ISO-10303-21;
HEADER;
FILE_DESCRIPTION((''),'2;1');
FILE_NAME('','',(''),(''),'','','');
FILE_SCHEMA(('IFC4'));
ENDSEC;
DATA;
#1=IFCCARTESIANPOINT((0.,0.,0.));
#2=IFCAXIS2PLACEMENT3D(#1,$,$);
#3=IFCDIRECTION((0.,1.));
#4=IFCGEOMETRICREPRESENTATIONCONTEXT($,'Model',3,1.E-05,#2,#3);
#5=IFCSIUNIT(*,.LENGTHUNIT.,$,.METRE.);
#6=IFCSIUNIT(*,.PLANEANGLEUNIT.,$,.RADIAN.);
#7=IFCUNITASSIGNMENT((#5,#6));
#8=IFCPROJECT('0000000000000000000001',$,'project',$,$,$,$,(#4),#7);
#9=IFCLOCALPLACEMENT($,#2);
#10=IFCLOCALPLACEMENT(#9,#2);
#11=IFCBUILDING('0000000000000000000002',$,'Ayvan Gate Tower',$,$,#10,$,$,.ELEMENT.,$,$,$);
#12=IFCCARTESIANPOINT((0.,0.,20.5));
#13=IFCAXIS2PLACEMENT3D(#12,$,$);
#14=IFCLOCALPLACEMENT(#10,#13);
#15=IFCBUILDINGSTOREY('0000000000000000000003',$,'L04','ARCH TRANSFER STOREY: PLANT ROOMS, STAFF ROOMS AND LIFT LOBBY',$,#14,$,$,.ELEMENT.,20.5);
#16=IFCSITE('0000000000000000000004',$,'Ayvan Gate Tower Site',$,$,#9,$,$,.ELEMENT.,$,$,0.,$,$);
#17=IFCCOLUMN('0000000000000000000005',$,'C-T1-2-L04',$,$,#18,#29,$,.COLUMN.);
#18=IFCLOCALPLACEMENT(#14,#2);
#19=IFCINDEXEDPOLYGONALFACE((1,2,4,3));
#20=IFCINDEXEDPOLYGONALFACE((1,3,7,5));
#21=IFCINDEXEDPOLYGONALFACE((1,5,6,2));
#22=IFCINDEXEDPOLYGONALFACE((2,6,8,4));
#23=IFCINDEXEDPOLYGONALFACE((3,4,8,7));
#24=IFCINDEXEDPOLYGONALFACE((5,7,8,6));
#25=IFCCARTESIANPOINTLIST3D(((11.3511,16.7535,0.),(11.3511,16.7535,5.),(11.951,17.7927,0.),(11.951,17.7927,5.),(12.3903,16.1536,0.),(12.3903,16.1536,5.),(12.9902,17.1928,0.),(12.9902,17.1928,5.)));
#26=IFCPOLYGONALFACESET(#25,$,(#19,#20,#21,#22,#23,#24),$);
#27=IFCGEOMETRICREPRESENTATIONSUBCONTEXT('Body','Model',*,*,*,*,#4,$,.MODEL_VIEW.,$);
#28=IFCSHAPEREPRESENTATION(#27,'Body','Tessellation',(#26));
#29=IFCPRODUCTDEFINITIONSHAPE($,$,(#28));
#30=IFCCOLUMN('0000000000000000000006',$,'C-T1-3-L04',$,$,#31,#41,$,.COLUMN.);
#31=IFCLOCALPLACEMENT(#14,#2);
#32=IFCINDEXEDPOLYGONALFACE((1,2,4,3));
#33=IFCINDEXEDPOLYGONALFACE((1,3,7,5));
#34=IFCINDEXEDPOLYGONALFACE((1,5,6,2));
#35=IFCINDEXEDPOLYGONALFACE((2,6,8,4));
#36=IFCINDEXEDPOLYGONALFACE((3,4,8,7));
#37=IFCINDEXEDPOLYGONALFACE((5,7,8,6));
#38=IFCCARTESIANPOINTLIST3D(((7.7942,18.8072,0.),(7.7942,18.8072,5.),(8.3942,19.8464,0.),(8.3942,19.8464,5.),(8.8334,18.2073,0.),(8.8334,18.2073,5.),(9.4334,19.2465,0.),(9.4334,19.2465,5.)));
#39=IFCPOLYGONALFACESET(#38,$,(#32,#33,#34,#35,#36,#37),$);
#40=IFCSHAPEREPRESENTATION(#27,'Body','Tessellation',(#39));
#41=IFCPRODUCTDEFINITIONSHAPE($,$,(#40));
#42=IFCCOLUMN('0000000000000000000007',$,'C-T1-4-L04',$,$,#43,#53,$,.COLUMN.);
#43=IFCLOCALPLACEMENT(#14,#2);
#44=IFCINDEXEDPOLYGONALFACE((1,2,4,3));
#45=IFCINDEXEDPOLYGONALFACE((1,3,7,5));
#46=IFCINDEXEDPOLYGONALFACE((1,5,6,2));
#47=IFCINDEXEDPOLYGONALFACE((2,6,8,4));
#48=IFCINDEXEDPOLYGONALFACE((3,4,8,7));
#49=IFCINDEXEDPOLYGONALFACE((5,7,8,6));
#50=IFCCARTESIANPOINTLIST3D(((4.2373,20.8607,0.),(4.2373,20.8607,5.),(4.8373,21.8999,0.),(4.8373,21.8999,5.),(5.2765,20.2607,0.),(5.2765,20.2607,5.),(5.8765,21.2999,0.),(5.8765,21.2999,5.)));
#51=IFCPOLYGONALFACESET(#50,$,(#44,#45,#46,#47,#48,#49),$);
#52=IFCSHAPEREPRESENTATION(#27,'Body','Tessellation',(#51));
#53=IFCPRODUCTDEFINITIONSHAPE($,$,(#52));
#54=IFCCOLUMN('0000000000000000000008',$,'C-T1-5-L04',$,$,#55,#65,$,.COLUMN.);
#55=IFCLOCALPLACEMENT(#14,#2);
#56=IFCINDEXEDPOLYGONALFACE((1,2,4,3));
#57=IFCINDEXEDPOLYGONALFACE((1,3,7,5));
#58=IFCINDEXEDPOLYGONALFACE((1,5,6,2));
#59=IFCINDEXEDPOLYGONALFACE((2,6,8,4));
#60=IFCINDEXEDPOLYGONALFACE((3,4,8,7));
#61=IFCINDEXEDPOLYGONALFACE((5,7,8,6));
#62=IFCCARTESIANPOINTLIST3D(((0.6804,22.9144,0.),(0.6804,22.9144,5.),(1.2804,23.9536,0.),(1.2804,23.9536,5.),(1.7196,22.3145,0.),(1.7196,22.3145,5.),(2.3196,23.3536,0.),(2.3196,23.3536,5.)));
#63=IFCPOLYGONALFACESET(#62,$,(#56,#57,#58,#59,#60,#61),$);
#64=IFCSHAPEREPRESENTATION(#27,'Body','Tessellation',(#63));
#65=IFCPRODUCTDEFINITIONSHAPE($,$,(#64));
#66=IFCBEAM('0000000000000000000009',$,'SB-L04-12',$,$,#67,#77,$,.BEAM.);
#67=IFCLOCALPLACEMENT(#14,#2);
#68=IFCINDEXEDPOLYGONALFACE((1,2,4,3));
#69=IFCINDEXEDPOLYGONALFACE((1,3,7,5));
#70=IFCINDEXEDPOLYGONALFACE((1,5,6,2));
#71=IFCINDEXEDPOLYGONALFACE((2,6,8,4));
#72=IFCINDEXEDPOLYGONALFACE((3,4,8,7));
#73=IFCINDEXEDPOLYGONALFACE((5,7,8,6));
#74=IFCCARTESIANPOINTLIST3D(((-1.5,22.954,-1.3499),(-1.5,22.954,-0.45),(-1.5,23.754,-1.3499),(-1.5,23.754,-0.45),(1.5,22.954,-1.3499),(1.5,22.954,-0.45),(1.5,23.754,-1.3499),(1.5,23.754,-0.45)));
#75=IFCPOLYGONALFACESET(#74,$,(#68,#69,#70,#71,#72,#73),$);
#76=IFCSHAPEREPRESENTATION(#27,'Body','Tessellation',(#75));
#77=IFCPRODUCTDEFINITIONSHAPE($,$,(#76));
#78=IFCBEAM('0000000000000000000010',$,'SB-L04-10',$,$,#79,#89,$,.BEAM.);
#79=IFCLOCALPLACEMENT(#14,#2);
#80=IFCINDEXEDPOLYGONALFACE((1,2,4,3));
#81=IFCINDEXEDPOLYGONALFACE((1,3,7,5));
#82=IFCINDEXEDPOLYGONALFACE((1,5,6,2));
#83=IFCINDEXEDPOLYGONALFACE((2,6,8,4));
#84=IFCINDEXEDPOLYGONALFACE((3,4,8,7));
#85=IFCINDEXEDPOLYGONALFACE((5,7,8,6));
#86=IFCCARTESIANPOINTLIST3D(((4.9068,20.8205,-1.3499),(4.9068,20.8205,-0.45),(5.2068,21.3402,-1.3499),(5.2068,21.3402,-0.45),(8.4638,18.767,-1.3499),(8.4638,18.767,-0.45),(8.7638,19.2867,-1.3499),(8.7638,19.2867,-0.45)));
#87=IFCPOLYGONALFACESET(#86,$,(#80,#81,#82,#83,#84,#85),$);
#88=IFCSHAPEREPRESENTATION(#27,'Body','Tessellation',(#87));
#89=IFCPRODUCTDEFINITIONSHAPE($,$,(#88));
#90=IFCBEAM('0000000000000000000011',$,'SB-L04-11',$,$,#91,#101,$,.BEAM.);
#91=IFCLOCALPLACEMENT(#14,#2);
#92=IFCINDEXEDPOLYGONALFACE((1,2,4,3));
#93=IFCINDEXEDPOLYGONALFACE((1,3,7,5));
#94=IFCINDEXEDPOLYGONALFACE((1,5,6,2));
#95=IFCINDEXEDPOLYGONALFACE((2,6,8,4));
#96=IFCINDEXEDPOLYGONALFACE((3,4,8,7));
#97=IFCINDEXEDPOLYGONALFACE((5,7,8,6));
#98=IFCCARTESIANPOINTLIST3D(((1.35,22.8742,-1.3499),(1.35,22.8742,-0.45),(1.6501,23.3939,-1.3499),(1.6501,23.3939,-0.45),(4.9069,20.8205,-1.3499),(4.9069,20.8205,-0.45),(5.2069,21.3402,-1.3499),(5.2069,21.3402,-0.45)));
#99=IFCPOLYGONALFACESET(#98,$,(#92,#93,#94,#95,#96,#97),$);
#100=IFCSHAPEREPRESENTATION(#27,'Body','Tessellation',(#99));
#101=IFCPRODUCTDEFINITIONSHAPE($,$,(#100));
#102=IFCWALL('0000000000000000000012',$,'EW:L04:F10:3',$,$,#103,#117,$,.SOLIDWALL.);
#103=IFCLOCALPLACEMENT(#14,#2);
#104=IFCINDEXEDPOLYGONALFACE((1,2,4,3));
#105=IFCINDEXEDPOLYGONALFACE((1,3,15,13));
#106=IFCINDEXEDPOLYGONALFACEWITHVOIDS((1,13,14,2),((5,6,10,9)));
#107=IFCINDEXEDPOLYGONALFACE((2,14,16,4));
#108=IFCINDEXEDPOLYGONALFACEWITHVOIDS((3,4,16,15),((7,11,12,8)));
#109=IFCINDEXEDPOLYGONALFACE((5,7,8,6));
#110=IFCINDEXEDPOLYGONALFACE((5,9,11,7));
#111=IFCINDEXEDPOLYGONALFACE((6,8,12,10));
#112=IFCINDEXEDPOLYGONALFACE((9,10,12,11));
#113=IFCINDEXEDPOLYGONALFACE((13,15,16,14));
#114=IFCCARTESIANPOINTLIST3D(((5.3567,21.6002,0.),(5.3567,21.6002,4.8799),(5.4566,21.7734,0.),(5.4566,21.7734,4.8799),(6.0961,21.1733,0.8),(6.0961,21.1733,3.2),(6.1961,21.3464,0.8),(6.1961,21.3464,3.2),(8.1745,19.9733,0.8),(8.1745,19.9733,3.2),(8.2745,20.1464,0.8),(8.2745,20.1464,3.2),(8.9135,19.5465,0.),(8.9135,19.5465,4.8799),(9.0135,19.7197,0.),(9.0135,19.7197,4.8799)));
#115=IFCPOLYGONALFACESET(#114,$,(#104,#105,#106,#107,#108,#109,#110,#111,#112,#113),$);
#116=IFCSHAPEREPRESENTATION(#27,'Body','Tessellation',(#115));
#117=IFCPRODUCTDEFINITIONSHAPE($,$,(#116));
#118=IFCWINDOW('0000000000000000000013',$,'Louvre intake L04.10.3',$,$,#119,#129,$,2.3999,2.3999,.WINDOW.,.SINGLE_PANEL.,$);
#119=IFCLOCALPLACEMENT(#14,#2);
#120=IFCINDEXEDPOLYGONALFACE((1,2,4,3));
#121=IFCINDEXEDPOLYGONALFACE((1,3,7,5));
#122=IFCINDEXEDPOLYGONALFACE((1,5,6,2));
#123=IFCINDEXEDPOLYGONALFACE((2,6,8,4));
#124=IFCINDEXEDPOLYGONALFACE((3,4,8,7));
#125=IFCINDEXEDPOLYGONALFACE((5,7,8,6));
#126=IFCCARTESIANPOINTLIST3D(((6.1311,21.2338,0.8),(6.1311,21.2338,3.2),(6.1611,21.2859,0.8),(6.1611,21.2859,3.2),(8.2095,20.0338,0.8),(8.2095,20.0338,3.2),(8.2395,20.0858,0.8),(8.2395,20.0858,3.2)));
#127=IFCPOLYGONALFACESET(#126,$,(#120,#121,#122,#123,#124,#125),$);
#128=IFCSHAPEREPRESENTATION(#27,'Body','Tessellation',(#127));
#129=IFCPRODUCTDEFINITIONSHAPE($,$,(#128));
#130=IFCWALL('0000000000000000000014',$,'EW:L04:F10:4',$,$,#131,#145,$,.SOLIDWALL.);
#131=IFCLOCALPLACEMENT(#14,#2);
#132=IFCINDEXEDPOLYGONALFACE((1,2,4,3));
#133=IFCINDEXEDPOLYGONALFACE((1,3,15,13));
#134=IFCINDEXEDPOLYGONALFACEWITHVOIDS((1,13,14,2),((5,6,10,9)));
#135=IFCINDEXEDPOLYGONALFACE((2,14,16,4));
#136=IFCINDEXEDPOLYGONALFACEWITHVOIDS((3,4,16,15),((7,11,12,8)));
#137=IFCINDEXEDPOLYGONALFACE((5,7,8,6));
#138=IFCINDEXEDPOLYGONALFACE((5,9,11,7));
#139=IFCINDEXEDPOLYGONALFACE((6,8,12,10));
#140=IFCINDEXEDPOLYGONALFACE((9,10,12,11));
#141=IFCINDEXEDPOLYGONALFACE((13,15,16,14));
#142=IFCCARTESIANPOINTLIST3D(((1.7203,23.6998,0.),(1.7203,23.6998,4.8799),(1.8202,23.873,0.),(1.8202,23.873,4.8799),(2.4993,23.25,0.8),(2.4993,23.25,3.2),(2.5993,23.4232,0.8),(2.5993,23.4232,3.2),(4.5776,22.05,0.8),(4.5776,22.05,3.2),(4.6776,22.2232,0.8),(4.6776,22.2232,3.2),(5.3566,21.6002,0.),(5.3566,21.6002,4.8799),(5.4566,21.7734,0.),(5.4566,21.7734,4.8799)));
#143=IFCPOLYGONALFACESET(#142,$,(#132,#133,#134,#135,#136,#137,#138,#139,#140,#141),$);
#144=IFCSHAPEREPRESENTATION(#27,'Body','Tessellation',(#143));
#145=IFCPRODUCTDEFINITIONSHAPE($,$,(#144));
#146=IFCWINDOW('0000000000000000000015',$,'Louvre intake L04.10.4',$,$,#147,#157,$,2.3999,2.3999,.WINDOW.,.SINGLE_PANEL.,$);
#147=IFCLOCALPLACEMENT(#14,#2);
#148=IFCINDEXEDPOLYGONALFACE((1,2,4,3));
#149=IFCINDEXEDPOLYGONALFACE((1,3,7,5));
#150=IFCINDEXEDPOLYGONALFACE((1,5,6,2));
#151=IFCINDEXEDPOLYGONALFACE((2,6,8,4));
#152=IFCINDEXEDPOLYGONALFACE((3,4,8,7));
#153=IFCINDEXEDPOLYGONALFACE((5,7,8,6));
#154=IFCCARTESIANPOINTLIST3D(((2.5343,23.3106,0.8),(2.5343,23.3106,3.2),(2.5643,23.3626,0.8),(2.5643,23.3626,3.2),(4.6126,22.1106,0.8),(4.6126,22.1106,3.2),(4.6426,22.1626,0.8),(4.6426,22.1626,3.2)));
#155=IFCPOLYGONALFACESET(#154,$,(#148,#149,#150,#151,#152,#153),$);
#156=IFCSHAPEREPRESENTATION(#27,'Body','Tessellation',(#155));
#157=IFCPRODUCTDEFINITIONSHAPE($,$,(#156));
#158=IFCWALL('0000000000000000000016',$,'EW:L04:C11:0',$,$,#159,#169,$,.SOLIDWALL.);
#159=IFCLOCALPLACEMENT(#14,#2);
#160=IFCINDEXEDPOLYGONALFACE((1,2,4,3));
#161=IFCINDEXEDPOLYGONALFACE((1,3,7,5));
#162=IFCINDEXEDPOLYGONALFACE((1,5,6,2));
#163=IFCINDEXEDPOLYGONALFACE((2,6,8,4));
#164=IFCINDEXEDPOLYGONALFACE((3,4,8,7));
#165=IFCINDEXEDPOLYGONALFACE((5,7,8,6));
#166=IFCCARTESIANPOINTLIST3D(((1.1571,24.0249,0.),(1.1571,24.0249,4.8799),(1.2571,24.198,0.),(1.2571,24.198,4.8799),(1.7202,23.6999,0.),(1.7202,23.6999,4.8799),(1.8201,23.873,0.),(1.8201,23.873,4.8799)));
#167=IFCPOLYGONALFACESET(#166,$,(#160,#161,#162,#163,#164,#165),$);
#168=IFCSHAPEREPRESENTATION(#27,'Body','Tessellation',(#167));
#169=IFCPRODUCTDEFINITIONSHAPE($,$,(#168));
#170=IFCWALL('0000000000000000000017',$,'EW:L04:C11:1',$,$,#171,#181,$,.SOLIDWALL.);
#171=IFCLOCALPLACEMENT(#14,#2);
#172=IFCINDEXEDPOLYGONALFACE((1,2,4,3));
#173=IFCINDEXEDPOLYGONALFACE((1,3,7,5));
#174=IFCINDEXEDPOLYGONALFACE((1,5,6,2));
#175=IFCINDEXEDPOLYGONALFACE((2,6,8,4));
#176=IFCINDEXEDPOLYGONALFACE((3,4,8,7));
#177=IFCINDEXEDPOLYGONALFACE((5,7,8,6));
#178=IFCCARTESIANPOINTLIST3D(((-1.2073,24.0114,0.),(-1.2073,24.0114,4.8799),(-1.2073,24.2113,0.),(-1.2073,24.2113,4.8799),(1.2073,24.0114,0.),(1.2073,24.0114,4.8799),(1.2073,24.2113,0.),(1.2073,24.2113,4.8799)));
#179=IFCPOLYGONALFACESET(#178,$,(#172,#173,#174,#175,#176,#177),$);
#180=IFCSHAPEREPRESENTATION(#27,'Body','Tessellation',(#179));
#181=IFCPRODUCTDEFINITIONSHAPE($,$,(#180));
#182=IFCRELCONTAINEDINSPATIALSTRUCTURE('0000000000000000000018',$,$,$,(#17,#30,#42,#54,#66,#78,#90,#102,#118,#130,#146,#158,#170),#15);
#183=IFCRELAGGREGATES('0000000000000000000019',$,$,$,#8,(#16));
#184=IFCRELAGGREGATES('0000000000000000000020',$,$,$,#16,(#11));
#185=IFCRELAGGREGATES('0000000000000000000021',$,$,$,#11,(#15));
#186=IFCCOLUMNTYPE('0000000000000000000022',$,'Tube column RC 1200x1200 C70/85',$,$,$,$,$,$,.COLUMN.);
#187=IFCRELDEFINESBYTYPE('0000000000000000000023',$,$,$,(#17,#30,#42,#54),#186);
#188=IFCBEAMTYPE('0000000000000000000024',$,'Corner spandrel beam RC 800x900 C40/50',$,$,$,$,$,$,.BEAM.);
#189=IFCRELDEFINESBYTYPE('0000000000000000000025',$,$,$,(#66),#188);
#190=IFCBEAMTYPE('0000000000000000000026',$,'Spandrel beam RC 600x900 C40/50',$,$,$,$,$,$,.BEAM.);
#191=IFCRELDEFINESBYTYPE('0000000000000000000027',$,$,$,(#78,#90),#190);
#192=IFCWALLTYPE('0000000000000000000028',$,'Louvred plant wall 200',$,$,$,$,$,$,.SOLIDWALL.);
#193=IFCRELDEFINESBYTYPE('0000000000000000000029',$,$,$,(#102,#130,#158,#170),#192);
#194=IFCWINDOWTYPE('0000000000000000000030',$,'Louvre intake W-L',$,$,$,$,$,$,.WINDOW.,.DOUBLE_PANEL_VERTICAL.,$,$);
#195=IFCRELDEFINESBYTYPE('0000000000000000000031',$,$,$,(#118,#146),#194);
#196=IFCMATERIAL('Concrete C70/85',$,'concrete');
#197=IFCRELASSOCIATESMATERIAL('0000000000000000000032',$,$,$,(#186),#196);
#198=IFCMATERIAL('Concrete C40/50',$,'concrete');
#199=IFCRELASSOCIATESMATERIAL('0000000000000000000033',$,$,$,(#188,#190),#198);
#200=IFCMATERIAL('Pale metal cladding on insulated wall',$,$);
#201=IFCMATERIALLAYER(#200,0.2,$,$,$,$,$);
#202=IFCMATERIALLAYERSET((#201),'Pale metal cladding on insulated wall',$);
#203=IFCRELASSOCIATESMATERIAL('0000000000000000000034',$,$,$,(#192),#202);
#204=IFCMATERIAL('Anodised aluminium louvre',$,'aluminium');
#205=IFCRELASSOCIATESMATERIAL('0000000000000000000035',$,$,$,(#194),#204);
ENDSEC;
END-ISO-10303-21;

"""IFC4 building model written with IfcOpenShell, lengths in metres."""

from ifc_helpers import new_model, si_unit, direction, frame, frame_2d, origin, origin_2d, place, context, subcontext, project, spatial, rectangle, extrude, material, layer, layer_set, material_profile, profile_set, type_object, element, fill, save


model = new_model("IFC4")

# Units and contexts
model_context = context("Model", 3, precision=1e-05, world=origin(), true_north=direction((0.0, 1.0)))
body_context = subcontext(model_context, "Body", "Model", "MODEL_VIEW")
ifc_project = project(units=[si_unit("LENGTHUNIT", "METRE"), si_unit("PLANEANGLEUNIT", "RADIAN")], contexts=[model_context])

# Site, building, storey
site_placement = place(None, origin())
site = spatial("IfcSite", under=ifc_project, at=site_placement, Name="Ayvan Gate Tower Site", CompositionType="ELEMENT", RefElevation=0.0)
building_placement = place(site_placement, origin())
building = spatial("IfcBuilding", under=site, at=building_placement, Name="Ayvan Gate Tower", CompositionType="ELEMENT")
storey_placement = place(building_placement, frame((0.0, 0.0, 20.5)))
storey = spatial("IfcBuildingStorey", under=building, at=storey_placement, Name="L04", Description="ARCH TRANSFER STOREY: PLANT ROOMS, STAFF ROOMS AND LIFT LOBBY", CompositionType="ELEMENT", Elevation=20.5)

# Columns
ifc_material_1 = material(Name="Concrete C70/85", Category="concrete")
ifc_material_profile_1 = material_profile(ifc_material_1, rectangle(XDim=1.2, YDim=1.2, at=origin_2d()), Name="RC 1200x1200")
ifc_profile_set_1 = profile_set([ifc_material_profile_1], Name="Concrete C70/85")
column_type = type_object("IfcColumnType", Name="Tube column RC 1200x1200 C70/85", PredefinedType="COLUMN", material=ifc_profile_set_1)
for number, where, z_axis, x_axis, name in (
    (1, (12.1707, 16.9731, 0.0), (0.0, 0.0, 1.0), (0.5, 0.866025, 0.0), "C-T1-2-L04"),
    (2, (8.6138, 19.0269, 0.0), (0.0, 0.0, 1.0), (0.5, 0.866025, 0.0), "C-T1-3-L04"),
    (3, (5.0569, 21.0803, 0.0), (0.0, 0.0, 1.0), (0.5, 0.866025, 0.0), "C-T1-4-L04"),
    (4, (1.5, 23.134, 0.0), (0.0, 0.0, 1.0), (0.5, 0.866025, 0.0), "C-T1-5-L04"),
):
    element("IfcColumn", number, at=place(storey_placement, frame(where, z_axis=z_axis, x_axis=x_axis)), inside=storey, type_object=column_type, Name=name, PredefinedType="COLUMN", context=body_context, shape_type="SweptSolid", body=[
        extrude(rectangle(XDim=1.2, YDim=1.2, at=origin_2d()), origin(), (0.0, 0.0, 1.0), 5.0),
    ])

# Beams
ifc_material_2 = material(Name="Concrete C40/50", Category="concrete")
ifc_material_profile_2 = material_profile(ifc_material_2, rectangle(XDim=0.8, YDim=0.8999, at=origin_2d()), Name="RC 800x900")
ifc_profile_set_2 = profile_set([ifc_material_profile_2], Name="Concrete C40/50")
beam_type_1 = type_object("IfcBeamType", Name="Corner spandrel beam RC 800x900 C40/50", PredefinedType="BEAM", material=ifc_profile_set_2)
beam_placement = place(storey_placement, frame((1.5, 23.354, -0.8999), z_axis=(-1.0, 0.0, 0.0), x_axis=(0.0, -1.0, 0.0)))
element("IfcBeam", 5, at=beam_placement, inside=storey, type_object=beam_type_1, Name="SB-L04-12", PredefinedType="BEAM", context=body_context, shape_type="SweptSolid", body=[
    extrude(rectangle(XDim=0.8, YDim=0.8999, at=origin_2d()), origin(), (0.0, 0.0, 1.0), 3.0),
])
ifc_material_profile_3 = material_profile(ifc_material_2, rectangle(XDim=0.6001, YDim=0.8999, at=origin_2d()), Name="RC 600x900")
ifc_profile_set_3 = profile_set([ifc_material_profile_3], Name="Concrete C40/50")
beam_type_2 = type_object("IfcBeamType", Name="Spandrel beam RC 600x900 C40/50", PredefinedType="BEAM", material=ifc_profile_set_3)
for number, where, z_axis, x_axis, name in (
    (6, (8.6138, 19.0269, -0.8999), (-0.866036, 0.499981, 0.0), (-0.499981, -0.866036, 0.0), "SB-L04-10"),
    (7, (5.0569, 21.0803, -0.8999), (-0.86601, 0.500026, 0.0), (-0.500026, -0.86601, 0.0), "SB-L04-11"),
):
    element("IfcBeam", number, at=place(storey_placement, frame(where, z_axis=z_axis, x_axis=x_axis)), inside=storey, type_object=beam_type_2, Name=name, PredefinedType="BEAM", context=body_context, shape_type="SweptSolid", body=[
        extrude(rectangle(XDim=0.6001, YDim=0.8999, at=origin_2d()), origin(), (0.0, 0.0, 1.0), 4.1072),
    ])

# Walls, openings, windows
ifc_material_3 = material(Name="Pale metal cladding on insulated wall")
ifc_layer_1 = layer(ifc_material_3, 0.2)
ifc_layer_set_1 = layer_set([ifc_layer_1], Name="Pale metal cladding on insulated wall")
wall_type_1 = type_object("IfcWallType", Name="Louvred plant wall 200", PredefinedType="SOLIDWALL", material=ifc_layer_set_1)
wall_1_placement = place(storey_placement, frame((8.9636, 19.6331, 0.0), z_axis=(0.0, 0.0, 1.0), x_axis=(-0.86601, 0.500026, 0.0)))
wall_1 = element("IfcWall", 8, at=wall_1_placement, inside=storey, type_object=wall_type_1, Name="EW:L04:F10:3", PredefinedType="SOLIDWALL", context=body_context, shape_type="SweptSolid", body=[
    extrude(rectangle(XDim=4.1072, YDim=0.2, at=frame_2d((2.0537, 0.0))), origin(), (0.0, 0.0, 1.0), 4.8799),
])
opening_1_placement = place(wall_1_placement, frame((0.8535, 0.0, 0.8)))
opening_1 = element("IfcOpeningElement", 9, at=opening_1_placement, cuts=wall_1, PredefinedType="OPENING", context=body_context, shape_type="SweptSolid", body=[
    extrude(rectangle(XDim=2.3999, YDim=2.3999, at=frame_2d((1.2, 1.2))), frame((0.0, 0.1099, 0.0), z_axis=(0.0, -1.0, 0.0), x_axis=(1.0, 0.0, 0.0)), (0.0, 0.0, 1.0), 0.22),
])
ifc_material_4 = material(Name="Anodised aluminium louvre", Category="aluminium")
window_type = type_object("IfcWindowType", Name="Louvre intake W-L", PartitioningType="DOUBLE_PANEL_VERTICAL", PredefinedType="WINDOW", material=ifc_material_4)
window_1_placement = place(opening_1_placement, origin())
window_1 = element("IfcWindow", 10, at=window_1_placement, inside=storey, type_object=window_type, Name="Louvre intake L04.10.3", OverallHeight=2.3999, OverallWidth=2.3999, PartitioningType="SINGLE_PANEL", PredefinedType="WINDOW", context=body_context, shape_type="SweptSolid", body=[
    extrude(rectangle(XDim=2.3999, YDim=2.3999, at=frame_2d((1.2, 1.2))), frame((0.0, 0.03, 0.0), z_axis=(0.0, -1.0, 0.0), x_axis=(1.0, 0.0, 0.0)), (0.0, 0.0, 1.0), 0.0601),
])
fill(opening_1, window_1)
wall_2_placement = place(storey_placement, frame((5.4067, 21.6868, 0.0), z_axis=(0.0, 0.0, 1.0), x_axis=(-0.866016, 0.500016, 0.0)))
wall_2 = element("IfcWall", 11, at=wall_2_placement, inside=storey, type_object=wall_type_1, Name="EW:L04:F10:4", PredefinedType="SOLIDWALL", context=body_context, shape_type="SweptSolid", body=[
    extrude(rectangle(XDim=4.199, YDim=0.2, at=frame_2d((2.0996, 0.0))), origin(), (0.0, 0.0, 1.0), 4.8799),
])
opening_2_placement = place(wall_2_placement, frame((0.8997, 0.0, 0.8)))
opening_2 = element("IfcOpeningElement", 12, at=opening_2_placement, cuts=wall_2, PredefinedType="OPENING", context=body_context, shape_type="SweptSolid", body=[
    extrude(rectangle(XDim=2.3999, YDim=2.3999, at=frame_2d((1.2, 1.2))), frame((0.0, 0.1099, 0.0), z_axis=(0.0, -1.0, 0.0), x_axis=(1.0, 0.0, 0.0)), (0.0, 0.0, 1.0), 0.22),
])
window_2_placement = place(opening_2_placement, origin())
window_2 = element("IfcWindow", 13, at=window_2_placement, inside=storey, type_object=window_type, Name="Louvre intake L04.10.4", OverallHeight=2.3999, OverallWidth=2.3999, PartitioningType="SINGLE_PANEL", PredefinedType="WINDOW", context=body_context, shape_type="SweptSolid", body=[
    extrude(rectangle(XDim=2.3999, YDim=2.3999, at=frame_2d((1.2, 1.2))), frame((0.0, 0.03, 0.0), z_axis=(0.0, -1.0, 0.0), x_axis=(1.0, 0.0, 0.0)), (0.0, 0.0, 1.0), 0.0601),
])
fill(opening_2, window_2)

# Walls
wall_3_placement = place(storey_placement, frame((1.7703, 23.7864, 0.0), z_axis=(0.0, 0.0, 1.0), x_axis=(-0.866086, 0.499896, 0.0)))
element("IfcWall", 14, at=wall_3_placement, inside=storey, type_object=wall_type_1, Name="EW:L04:C11:0", PredefinedType="SOLIDWALL", context=body_context, shape_type="SweptSolid", body=[
    extrude(rectangle(XDim=0.6501, YDim=0.2, at=frame_2d((0.3252, 0.0))), origin(), (0.0, 0.0, 1.0), 4.8799),
])
wall_4_placement = place(storey_placement, frame((1.2073, 24.1113, 0.0), z_axis=(0.0, 0.0, 1.0), x_axis=(-1.0, 0.0, 0.0)))
element("IfcWall", 15, at=wall_4_placement, inside=storey, type_object=wall_type_1, Name="EW:L04:C11:1", PredefinedType="SOLIDWALL", context=body_context, shape_type="SweptSolid", body=[
    extrude(rectangle(XDim=2.4146, YDim=0.2, at=frame_2d((1.2073, 0.0))), origin(), (0.0, 0.0, 1.0), 4.8799),
])

save(model, "model.ifc")
